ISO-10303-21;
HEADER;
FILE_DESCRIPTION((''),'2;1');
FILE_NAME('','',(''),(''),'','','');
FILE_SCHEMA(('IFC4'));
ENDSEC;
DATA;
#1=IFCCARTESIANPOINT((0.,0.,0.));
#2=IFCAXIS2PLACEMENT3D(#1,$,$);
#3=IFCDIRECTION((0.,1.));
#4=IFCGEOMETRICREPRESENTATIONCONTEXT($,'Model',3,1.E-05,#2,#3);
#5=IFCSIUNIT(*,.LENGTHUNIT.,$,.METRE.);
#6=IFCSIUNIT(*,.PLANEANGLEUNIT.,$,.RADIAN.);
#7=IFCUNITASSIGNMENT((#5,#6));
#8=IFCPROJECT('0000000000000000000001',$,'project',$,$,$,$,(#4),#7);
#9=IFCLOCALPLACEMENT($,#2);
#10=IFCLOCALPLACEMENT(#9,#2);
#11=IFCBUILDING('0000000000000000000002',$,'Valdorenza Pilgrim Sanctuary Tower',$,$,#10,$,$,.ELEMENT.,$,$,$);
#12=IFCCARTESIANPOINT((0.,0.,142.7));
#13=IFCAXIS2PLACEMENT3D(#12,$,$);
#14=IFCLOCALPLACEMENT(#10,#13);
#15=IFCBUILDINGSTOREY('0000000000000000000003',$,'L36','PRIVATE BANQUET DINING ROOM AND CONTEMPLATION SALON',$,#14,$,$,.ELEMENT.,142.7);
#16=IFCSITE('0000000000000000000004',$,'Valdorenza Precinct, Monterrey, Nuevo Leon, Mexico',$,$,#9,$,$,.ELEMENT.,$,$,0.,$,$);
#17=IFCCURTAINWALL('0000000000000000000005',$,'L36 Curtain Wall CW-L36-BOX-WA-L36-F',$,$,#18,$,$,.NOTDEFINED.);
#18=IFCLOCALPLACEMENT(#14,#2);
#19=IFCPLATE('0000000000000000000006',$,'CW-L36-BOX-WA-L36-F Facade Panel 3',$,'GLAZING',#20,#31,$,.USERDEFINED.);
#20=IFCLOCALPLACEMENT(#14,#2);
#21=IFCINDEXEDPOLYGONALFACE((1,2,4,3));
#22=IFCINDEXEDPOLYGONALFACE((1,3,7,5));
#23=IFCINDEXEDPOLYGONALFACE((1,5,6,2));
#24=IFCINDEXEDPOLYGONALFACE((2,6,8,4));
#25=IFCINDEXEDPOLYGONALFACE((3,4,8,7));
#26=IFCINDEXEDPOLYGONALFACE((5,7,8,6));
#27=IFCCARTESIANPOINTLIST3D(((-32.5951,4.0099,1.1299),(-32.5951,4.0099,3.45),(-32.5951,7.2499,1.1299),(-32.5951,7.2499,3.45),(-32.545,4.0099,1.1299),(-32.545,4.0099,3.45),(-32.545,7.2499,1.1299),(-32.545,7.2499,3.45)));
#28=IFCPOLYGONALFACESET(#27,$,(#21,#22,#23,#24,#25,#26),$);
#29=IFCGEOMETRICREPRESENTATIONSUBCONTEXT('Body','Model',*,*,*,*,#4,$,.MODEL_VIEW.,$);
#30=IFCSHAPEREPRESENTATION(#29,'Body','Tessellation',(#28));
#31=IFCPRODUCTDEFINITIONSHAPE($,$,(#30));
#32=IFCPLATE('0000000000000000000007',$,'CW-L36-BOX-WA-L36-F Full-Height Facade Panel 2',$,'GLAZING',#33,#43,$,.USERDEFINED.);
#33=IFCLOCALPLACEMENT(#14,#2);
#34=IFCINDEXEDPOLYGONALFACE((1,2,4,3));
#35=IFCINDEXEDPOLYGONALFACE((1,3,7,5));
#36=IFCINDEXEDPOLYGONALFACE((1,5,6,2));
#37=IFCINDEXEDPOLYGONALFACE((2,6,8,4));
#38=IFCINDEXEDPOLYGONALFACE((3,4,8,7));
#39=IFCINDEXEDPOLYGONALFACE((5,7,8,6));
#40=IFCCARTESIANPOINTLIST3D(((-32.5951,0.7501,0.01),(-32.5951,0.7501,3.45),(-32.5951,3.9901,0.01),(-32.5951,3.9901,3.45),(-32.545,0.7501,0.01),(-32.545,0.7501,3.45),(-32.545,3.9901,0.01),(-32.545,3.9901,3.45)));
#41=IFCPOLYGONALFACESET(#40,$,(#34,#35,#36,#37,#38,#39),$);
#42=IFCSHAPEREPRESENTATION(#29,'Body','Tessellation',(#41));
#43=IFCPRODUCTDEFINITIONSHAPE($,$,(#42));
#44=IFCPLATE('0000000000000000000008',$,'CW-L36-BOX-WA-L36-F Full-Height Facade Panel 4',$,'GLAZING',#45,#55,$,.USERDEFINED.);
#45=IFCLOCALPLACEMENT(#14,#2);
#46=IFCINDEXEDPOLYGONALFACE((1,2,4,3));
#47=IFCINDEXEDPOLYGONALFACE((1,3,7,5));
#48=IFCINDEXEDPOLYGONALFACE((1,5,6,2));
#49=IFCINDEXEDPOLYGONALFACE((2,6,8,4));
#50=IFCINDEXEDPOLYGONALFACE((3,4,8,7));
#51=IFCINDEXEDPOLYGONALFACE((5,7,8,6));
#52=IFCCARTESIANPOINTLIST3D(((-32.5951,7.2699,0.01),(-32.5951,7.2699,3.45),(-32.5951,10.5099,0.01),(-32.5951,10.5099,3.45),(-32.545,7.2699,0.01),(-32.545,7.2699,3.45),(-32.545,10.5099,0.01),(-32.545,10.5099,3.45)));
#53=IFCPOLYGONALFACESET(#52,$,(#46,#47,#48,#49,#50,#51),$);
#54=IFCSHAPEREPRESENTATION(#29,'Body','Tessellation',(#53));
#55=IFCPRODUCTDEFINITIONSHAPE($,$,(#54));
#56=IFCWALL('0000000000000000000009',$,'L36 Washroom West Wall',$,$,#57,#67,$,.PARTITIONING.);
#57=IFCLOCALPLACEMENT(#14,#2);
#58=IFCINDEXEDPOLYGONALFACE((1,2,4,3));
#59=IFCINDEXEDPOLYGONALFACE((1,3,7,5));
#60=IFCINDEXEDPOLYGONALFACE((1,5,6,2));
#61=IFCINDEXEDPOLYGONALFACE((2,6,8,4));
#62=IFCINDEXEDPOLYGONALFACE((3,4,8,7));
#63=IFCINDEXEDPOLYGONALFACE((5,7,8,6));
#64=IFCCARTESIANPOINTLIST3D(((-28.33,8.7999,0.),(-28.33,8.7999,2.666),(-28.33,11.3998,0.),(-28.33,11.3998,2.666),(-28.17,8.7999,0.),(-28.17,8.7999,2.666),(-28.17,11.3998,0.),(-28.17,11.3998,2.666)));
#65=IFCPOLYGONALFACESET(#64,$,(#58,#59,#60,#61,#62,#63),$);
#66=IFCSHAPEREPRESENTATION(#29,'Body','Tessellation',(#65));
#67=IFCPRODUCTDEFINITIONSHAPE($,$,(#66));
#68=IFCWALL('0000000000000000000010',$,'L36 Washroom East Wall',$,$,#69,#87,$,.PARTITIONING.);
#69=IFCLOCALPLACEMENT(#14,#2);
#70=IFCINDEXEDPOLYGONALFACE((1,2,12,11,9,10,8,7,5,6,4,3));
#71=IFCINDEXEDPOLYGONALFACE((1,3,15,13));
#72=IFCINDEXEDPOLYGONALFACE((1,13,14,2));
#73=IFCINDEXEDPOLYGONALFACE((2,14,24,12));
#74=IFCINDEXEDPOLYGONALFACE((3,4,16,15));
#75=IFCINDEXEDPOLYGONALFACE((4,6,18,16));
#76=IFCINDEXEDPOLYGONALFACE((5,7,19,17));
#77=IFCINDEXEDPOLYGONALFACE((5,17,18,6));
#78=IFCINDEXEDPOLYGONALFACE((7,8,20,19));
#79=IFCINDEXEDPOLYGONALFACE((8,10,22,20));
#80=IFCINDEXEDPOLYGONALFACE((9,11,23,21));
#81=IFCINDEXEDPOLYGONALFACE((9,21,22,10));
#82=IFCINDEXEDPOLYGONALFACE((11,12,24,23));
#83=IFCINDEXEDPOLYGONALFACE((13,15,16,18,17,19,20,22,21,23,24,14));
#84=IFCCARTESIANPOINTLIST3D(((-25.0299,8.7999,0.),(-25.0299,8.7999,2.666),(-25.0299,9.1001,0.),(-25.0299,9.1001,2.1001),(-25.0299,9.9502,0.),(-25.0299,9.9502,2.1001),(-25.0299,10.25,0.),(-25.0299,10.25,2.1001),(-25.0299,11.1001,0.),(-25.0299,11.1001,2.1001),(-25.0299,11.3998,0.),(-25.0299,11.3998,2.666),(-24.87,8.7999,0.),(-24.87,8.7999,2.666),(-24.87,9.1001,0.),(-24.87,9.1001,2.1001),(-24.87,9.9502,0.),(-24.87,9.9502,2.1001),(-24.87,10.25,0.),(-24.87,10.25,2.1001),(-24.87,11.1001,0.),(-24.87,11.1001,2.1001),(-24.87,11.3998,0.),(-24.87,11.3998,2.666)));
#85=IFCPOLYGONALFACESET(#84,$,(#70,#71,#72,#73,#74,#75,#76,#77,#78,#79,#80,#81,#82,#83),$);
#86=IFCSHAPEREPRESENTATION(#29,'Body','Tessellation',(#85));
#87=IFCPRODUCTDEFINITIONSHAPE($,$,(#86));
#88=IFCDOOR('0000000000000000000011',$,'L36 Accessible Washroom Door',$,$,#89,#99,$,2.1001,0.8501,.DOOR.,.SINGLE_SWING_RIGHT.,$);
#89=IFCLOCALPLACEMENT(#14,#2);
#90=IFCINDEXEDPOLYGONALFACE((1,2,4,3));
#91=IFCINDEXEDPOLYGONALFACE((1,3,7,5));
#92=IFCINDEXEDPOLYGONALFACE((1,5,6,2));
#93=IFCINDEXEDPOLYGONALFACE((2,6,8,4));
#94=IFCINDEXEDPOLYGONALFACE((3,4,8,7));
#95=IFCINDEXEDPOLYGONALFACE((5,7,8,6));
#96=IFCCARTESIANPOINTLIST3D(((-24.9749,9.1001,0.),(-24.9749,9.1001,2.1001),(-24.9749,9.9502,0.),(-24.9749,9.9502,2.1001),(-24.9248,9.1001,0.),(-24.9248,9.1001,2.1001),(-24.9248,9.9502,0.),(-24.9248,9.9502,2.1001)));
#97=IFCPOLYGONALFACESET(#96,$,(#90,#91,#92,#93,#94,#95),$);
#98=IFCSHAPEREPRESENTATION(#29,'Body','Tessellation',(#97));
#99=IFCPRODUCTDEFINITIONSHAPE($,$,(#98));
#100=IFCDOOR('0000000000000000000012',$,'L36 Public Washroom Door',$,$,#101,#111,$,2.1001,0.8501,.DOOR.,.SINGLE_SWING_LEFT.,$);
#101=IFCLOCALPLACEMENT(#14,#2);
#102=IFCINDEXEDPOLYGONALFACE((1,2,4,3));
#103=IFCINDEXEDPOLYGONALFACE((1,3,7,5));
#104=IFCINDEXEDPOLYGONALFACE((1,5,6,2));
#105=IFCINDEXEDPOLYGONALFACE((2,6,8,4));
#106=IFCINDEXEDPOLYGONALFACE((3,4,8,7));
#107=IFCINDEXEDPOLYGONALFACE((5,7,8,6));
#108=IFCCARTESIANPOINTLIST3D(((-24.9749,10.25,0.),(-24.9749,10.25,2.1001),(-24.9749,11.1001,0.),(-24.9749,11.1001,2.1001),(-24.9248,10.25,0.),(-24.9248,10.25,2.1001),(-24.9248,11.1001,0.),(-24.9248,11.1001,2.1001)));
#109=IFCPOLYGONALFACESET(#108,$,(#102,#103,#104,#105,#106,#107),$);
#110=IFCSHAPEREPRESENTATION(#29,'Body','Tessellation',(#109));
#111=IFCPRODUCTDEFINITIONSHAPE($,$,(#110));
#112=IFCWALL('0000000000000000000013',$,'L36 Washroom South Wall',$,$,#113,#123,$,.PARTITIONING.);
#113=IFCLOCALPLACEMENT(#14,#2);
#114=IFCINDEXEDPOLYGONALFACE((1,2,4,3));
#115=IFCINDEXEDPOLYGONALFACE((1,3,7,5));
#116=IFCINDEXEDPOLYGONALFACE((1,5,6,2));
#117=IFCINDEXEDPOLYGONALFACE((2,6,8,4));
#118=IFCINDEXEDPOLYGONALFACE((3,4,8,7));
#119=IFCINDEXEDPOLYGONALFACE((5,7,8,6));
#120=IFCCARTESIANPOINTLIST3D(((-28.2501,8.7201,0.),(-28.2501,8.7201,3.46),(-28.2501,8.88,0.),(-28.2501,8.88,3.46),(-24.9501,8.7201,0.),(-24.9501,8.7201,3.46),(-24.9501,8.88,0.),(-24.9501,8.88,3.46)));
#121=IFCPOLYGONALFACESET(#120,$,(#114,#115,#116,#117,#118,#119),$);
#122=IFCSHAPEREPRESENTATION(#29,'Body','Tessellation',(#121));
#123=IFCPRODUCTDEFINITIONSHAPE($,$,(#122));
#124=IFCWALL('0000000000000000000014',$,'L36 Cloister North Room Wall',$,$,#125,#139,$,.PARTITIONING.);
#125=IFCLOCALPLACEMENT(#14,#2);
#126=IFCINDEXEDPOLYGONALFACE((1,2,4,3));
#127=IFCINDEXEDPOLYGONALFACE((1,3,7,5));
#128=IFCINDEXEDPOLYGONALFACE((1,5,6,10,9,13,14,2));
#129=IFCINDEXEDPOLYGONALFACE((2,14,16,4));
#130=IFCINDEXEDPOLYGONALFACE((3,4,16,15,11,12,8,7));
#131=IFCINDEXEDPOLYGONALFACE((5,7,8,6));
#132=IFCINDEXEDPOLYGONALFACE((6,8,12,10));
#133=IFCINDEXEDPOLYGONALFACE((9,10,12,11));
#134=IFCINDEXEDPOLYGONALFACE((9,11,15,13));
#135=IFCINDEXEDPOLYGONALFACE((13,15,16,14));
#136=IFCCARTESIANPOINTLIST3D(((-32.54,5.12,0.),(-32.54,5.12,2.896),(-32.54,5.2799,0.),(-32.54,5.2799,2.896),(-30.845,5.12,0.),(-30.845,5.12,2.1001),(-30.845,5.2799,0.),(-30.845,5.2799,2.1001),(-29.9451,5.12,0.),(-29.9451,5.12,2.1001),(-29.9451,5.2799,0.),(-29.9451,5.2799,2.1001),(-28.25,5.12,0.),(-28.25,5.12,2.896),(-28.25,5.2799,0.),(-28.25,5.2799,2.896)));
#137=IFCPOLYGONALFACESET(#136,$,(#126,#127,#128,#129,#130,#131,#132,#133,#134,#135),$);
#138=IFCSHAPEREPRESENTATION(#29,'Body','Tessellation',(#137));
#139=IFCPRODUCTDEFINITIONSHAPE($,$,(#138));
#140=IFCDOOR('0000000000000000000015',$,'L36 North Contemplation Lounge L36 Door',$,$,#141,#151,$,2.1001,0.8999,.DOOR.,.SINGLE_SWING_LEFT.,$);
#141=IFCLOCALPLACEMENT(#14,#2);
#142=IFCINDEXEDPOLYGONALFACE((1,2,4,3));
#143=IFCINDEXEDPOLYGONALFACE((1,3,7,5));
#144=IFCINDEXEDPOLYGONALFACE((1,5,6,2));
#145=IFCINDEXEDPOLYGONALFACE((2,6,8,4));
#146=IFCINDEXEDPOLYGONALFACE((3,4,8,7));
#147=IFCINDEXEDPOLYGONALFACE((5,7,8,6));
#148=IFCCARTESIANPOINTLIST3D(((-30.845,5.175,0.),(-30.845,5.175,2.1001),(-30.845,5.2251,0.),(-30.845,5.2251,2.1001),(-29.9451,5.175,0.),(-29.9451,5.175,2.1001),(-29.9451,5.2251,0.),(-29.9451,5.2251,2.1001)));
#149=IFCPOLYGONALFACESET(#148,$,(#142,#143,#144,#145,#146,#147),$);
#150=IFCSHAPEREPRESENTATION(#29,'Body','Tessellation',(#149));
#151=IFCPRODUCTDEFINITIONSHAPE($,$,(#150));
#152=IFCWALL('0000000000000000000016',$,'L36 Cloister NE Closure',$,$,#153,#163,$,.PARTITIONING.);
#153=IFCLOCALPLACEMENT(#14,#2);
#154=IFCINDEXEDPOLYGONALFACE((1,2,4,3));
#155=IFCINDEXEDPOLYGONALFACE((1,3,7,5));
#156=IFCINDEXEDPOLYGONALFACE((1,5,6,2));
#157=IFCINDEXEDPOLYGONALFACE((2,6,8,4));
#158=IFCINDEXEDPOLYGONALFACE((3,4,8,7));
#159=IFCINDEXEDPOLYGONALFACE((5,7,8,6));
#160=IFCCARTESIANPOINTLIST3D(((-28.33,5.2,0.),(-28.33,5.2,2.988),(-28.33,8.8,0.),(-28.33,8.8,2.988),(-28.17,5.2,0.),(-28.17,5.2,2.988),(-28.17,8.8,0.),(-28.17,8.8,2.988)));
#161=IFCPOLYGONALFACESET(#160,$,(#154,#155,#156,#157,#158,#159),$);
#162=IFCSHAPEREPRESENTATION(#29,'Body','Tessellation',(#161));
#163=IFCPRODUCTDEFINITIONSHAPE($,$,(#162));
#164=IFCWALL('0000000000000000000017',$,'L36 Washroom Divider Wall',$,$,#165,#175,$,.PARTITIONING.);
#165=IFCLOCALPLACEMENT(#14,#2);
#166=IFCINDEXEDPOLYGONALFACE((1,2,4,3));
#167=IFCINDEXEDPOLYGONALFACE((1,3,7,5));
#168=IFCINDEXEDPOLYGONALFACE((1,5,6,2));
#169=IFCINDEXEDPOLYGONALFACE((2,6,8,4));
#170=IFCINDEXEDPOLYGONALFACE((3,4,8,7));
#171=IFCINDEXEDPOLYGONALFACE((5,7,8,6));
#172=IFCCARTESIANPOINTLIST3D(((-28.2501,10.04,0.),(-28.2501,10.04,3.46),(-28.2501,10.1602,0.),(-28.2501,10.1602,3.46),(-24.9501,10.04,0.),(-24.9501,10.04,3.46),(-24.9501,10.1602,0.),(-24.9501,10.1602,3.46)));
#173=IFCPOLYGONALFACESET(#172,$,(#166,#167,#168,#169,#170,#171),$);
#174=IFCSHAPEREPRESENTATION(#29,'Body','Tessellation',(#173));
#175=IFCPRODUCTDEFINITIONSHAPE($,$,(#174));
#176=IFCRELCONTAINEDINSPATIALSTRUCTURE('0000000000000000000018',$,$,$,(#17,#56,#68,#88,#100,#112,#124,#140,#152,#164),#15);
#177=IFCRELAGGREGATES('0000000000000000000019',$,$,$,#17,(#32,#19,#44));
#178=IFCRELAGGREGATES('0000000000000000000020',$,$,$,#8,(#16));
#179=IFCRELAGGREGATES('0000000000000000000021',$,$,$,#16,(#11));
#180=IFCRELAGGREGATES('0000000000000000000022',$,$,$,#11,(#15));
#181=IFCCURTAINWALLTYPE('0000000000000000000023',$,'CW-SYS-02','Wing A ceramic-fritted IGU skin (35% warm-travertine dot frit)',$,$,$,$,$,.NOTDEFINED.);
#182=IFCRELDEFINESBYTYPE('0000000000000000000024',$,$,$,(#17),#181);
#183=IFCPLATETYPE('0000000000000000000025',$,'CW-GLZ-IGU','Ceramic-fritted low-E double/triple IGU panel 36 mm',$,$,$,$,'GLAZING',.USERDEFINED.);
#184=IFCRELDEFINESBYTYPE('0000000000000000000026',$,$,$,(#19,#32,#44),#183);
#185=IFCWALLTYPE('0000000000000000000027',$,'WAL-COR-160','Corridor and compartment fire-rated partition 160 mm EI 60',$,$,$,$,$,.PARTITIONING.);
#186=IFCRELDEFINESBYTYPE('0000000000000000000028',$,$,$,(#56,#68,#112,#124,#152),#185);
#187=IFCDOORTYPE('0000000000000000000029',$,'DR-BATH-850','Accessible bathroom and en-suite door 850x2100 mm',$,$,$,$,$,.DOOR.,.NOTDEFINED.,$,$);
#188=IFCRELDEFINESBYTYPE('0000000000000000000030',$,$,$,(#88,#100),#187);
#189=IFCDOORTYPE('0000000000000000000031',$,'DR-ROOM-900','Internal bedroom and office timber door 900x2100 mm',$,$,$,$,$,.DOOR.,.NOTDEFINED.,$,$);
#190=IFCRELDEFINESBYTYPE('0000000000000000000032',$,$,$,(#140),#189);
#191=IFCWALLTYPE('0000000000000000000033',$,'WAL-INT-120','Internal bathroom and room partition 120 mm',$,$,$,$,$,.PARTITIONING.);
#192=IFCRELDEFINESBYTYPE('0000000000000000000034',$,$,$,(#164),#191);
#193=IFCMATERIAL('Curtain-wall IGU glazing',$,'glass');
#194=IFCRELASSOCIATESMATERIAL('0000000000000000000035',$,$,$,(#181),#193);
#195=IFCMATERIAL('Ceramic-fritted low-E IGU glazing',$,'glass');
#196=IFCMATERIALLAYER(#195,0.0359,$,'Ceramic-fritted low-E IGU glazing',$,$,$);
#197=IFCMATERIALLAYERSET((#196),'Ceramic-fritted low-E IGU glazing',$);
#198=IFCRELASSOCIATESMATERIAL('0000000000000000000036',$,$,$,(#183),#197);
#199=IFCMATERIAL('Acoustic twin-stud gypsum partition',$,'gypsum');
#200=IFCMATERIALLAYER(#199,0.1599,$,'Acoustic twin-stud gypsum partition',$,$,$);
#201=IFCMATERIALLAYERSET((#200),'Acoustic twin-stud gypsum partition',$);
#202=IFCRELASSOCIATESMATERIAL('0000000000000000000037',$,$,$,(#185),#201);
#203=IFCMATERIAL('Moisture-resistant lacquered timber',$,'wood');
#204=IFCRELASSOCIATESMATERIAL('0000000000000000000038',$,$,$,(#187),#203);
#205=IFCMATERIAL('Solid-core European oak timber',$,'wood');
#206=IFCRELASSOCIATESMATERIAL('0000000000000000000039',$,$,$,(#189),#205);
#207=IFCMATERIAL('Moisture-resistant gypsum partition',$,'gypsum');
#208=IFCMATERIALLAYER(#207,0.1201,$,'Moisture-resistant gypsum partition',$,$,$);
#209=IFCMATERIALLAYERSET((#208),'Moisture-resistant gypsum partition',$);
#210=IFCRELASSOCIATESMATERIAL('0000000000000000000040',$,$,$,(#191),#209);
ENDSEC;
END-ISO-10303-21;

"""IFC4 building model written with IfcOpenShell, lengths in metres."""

from ifc_helpers import new_model, si_unit, direction, frame, frame_2d, origin, origin_2d, place, context, subcontext, project, spatial, rectangle, extrude, source, transform, mapped, material, layer, layer_set, type_object, element, fill, aggregate, save


model = new_model("IFC4")

# Units and contexts
model_context = context("Model", 3, precision=1e-05, world=origin(), true_north=direction((0.0, 1.0)))
body_context = subcontext(model_context, "Body", "Model", "MODEL_VIEW")
ifc_project = project(units=[si_unit("LENGTHUNIT", "METRE"), si_unit("PLANEANGLEUNIT", "RADIAN")], contexts=[model_context])

# Site, building, storey
site_placement = place(None, origin())
site = spatial("IfcSite", under=ifc_project, at=site_placement, Name="Valdorenza Precinct, Monterrey, Nuevo Leon, Mexico", CompositionType="ELEMENT", RefElevation=0.0)
building_placement = place(site_placement, origin())
building = spatial("IfcBuilding", under=site, at=building_placement, Name="Valdorenza Pilgrim Sanctuary Tower", CompositionType="ELEMENT")
storey_placement = place(building_placement, frame((0.0, 0.0, 142.7)))
storey = spatial("IfcBuildingStorey", under=building, at=storey_placement, Name="L36", Description="PRIVATE BANQUET DINING ROOM AND CONTEMPLATION SALON", CompositionType="ELEMENT", Elevation=142.7)

# Curtain wall
ifc_material_1 = material(Name="Curtain-wall IGU glazing", Category="glass")
curtain_wall_type = type_object("IfcCurtainWallType", Name="CW-SYS-02", Description="Wing A ceramic-fritted IGU skin (35% warm-travertine dot frit)", PredefinedType="NOTDEFINED", material=ifc_material_1)
curtain_wall_1_placement = place(storey_placement, origin())
curtain_wall_1 = element("IfcCurtainWall", 1, at=curtain_wall_1_placement, inside=storey, type_object=curtain_wall_type, Name="L36 Curtain Wall CW-L36-BOX-WA-L36-F", PredefinedType="NOTDEFINED")

# Shared definitions
ifc_material_2 = material(Name="Ceramic-fritted low-E IGU glazing", Category="glass")
ifc_layer_1 = layer(ifc_material_2, 0.0359, Name="Ceramic-fritted low-E IGU glazing")
ifc_layer_set_1 = layer_set([ifc_layer_1], Name="Ceramic-fritted low-E IGU glazing")
plate_type_1 = type_object("IfcPlateType", Name="CW-GLZ-IGU", Description="Ceramic-fritted low-E double/triple IGU panel 36 mm", ElementType="GLAZING", PredefinedType="USERDEFINED", material=ifc_layer_set_1)

# Plates
shared_shape_1 = source(origin(), body_context, "Body", "SweptSolid", [
    extrude(rectangle(XDim=3.24, YDim=0.05, at=origin_2d()), origin(), (0.0, 0.0, 1.0), 2.3201),
])
plate_1_placement = place(storey_placement, frame((-32.5701, 5.6299, 1.1299), z_axis=(0.0, 0.0, 1.0), x_axis=(0.0, 1.0, 0.0)))
plate_1 = element("IfcPlate", 2, at=plate_1_placement, type_object=plate_type_1, Name="CW-L36-BOX-WA-L36-F Facade Panel 3", ObjectType="GLAZING", PredefinedType="USERDEFINED", context=body_context, shape_type="MappedRepresentation", body=[
    mapped(shared_shape_1, transform((0.0, 0.0, 0.0), x_axis=(1.0, 0.0, 0.0), y_axis=(0.0, 1.0, 0.0), z_axis=(0.0, 0.0, 1.0), scale=1.0)),
])
shared_shape_2 = source(origin(), body_context, "Body", "SweptSolid", [
    extrude(rectangle(XDim=3.24, YDim=0.05, at=origin_2d()), origin(), (0.0, 0.0, 1.0), 3.4399),
])
plate_2_placement = place(storey_placement, frame((-32.5701, 2.3701, 0.01), z_axis=(0.0, 0.0, 1.0), x_axis=(0.0, 1.0, 0.0)))
plate_2 = element("IfcPlate", 3, at=plate_2_placement, type_object=plate_type_1, Name="CW-L36-BOX-WA-L36-F Full-Height Facade Panel 2", ObjectType="GLAZING", PredefinedType="USERDEFINED", context=body_context, shape_type="MappedRepresentation", body=[
    mapped(shared_shape_2, transform((0.0, 0.0, 0.0), x_axis=(1.0, 0.0, 0.0), y_axis=(0.0, 1.0, 0.0), z_axis=(0.0, 0.0, 1.0), scale=1.0)),
])
plate_3_placement = place(storey_placement, frame((-32.5701, 8.8899, 0.01), z_axis=(0.0, 0.0, 1.0), x_axis=(0.0, 1.0, 0.0)))
plate_3 = element("IfcPlate", 4, at=plate_3_placement, type_object=plate_type_1, Name="CW-L36-BOX-WA-L36-F Full-Height Facade Panel 4", ObjectType="GLAZING", PredefinedType="USERDEFINED", context=body_context, shape_type="MappedRepresentation", body=[
    mapped(shared_shape_2, transform((0.0, 0.0, 0.0), x_axis=(1.0, 0.0, 0.0), y_axis=(0.0, 1.0, 0.0), z_axis=(0.0, 0.0, 1.0), scale=1.0)),
])
aggregate(curtain_wall_1, [plate_2, plate_1, plate_3])

# Wall
ifc_material_3 = material(Name="Acoustic twin-stud gypsum partition", Category="gypsum")
ifc_layer_2 = layer(ifc_material_3, 0.1599, Name="Acoustic twin-stud gypsum partition")
ifc_layer_set_2 = layer_set([ifc_layer_2], Name="Acoustic twin-stud gypsum partition")
wall_type_1 = type_object("IfcWallType", Name="WAL-COR-160", Description="Corridor and compartment fire-rated partition 160 mm EI 60", PredefinedType="PARTITIONING", material=ifc_layer_set_2)
wall_1_placement = place(storey_placement, frame((-28.25, 8.8, 0.0), z_axis=(0.0, 0.0, 1.0), x_axis=(0.0, 1.0, 0.0)))
element("IfcWall", 5, at=wall_1_placement, inside=storey, type_object=wall_type_1, Name="L36 Washroom West Wall", PredefinedType="PARTITIONING", context=body_context, shape_type="SweptSolid", body=[
    extrude(rectangle(XDim=2.5999, YDim=0.1599, at=frame_2d((1.2998, 0.0))), origin(), (0.0, 0.0, 1.0), 2.666),
])

# Wall, openings, doors
wall_2_placement = place(storey_placement, frame((-24.95, 8.8, 0.0), z_axis=(0.0, 0.0, 1.0), x_axis=(0.0, 1.0, 0.0)))
wall_2 = element("IfcWall", 6, at=wall_2_placement, inside=storey, type_object=wall_type_1, Name="L36 Washroom East Wall", PredefinedType="PARTITIONING", context=body_context, shape_type="SweptSolid", body=[
    extrude(rectangle(XDim=2.5999, YDim=0.1599, at=frame_2d((1.2998, 0.0))), origin(), (0.0, 0.0, 1.0), 2.666),
])
opening_1_placement = place(wall_2_placement, frame((0.3, 0.0, 0.0)))
opening_1 = element("IfcOpeningElement", 7, at=opening_1_placement, cuts=wall_2, PredefinedType="OPENING", context=body_context, shape_type="SweptSolid", body=[
    extrude(rectangle(XDim=0.8501, YDim=2.1001, at=frame_2d((0.425, 1.05))), frame((0.0, 0.0947, 0.0), z_axis=(0.0, -1.0, 0.0), x_axis=(1.0, 0.0, 0.0)), (0.0, 0.0, 1.0), 0.1897),
])
opening_2_placement = place(wall_2_placement, frame((1.45, 0.0, 0.0)))
opening_2 = element("IfcOpeningElement", 8, at=opening_2_placement, cuts=wall_2, PredefinedType="OPENING", context=body_context, shape_type="SweptSolid", body=[
    extrude(rectangle(XDim=0.8501, YDim=2.1001, at=frame_2d((0.425, 1.05))), frame((0.0, 0.0947, 0.0), z_axis=(0.0, -1.0, 0.0), x_axis=(1.0, 0.0, 0.0)), (0.0, 0.0, 1.0), 0.1897),
])
ifc_material_4 = material(Name="Moisture-resistant lacquered timber", Category="wood")
door_type_1 = type_object("IfcDoorType", Name="DR-BATH-850", Description="Accessible bathroom and en-suite door 850x2100 mm", OperationType="NOTDEFINED", PredefinedType="DOOR", material=ifc_material_4)
door_1_placement = place(opening_1_placement, origin())
door_1 = element("IfcDoor", 9, at=door_1_placement, inside=storey, type_object=door_type_1, Name="L36 Accessible Washroom Door", OperationType="SINGLE_SWING_RIGHT", OverallHeight=2.1001, OverallWidth=0.8501, PredefinedType="DOOR", context=body_context, shape_type="SweptSolid", body=[
    extrude(rectangle(XDim=0.8501, YDim=2.1001, at=frame_2d((0.425, 1.05))), frame((0.0, 0.0249, 0.0), z_axis=(0.0, -1.0, 0.0), x_axis=(1.0, 0.0, 0.0)), (0.0, 0.0, 1.0), 0.05),
])
fill(opening_1, door_1)
door_2_placement = place(opening_2_placement, origin())
door_2 = element("IfcDoor", 10, at=door_2_placement, inside=storey, type_object=door_type_1, Name="L36 Public Washroom Door", OperationType="SINGLE_SWING_LEFT", OverallHeight=2.1001, OverallWidth=0.8501, PredefinedType="DOOR", context=body_context, shape_type="SweptSolid", body=[
    extrude(rectangle(XDim=0.8501, YDim=2.1001, at=frame_2d((0.425, 1.05))), frame((0.0, 0.0249, 0.0), z_axis=(0.0, -1.0, 0.0), x_axis=(1.0, 0.0, 0.0)), (0.0, 0.0, 1.0), 0.05),
])
fill(opening_2, door_2)

# Wall
wall_3_placement = place(storey_placement, frame((-28.25, 8.8, 0.0), z_axis=(0.0, 0.0, 1.0), x_axis=(1.0, 0.0, 0.0)))
element("IfcWall", 11, at=wall_3_placement, inside=storey, type_object=wall_type_1, Name="L36 Washroom South Wall", PredefinedType="PARTITIONING", context=body_context, shape_type="SweptSolid", body=[
    extrude(rectangle(XDim=3.3, YDim=0.1599, at=frame_2d((1.6499, 0.0))), origin(), (0.0, 0.0, 1.0), 3.46),
])

# Wall, opening, door
wall_4_placement = place(storey_placement, frame((-32.54, 5.2, 0.0), z_axis=(0.0, 0.0, 1.0), x_axis=(1.0, 0.0, 0.0)))
wall_4 = element("IfcWall", 12, at=wall_4_placement, inside=storey, type_object=wall_type_1, Name="L36 Cloister North Room Wall", PredefinedType="PARTITIONING", context=body_context, shape_type="SweptSolid", body=[
    extrude(rectangle(XDim=4.29, YDim=0.1599, at=frame_2d((2.145, 0.0))), origin(), (0.0, 0.0, 1.0), 2.896),
])
opening_3_placement = place(wall_4_placement, frame((1.6951, 0.0, 0.0)))
opening_3 = element("IfcOpeningElement", 13, at=opening_3_placement, cuts=wall_4, PredefinedType="OPENING", context=body_context, shape_type="SweptSolid", body=[
    extrude(rectangle(XDim=0.8999, YDim=2.1001, at=frame_2d((0.45, 1.05))), frame((0.0, 0.0947, 0.0), z_axis=(0.0, -1.0, 0.0), x_axis=(1.0, 0.0, 0.0)), (0.0, 0.0, 1.0), 0.1897),
])
ifc_material_5 = material(Name="Solid-core European oak timber", Category="wood")
door_type_2 = type_object("IfcDoorType", Name="DR-ROOM-900", Description="Internal bedroom and office timber door 900x2100 mm", OperationType="NOTDEFINED", PredefinedType="DOOR", material=ifc_material_5)
door_3_placement = place(opening_3_placement, frame((0.8999, 0.0, 0.0), z_axis=(0.0, 0.0, 1.0), x_axis=(-1.0, 0.0, 0.0)))
door_3 = element("IfcDoor", 14, at=door_3_placement, inside=storey, type_object=door_type_2, Name="L36 North Contemplation Lounge L36 Door", OperationType="SINGLE_SWING_LEFT", OverallHeight=2.1001, OverallWidth=0.8999, PredefinedType="DOOR", context=body_context, shape_type="SweptSolid", body=[
    extrude(rectangle(XDim=0.8999, YDim=2.1001, at=frame_2d((0.45, 1.05))), frame((0.0, 0.0249, 0.0), z_axis=(0.0, -1.0, 0.0), x_axis=(1.0, 0.0, 0.0)), (0.0, 0.0, 1.0), 0.05),
])
fill(opening_3, door_3)

# Walls
wall_5_placement = place(storey_placement, frame((-28.25, 5.2, 0.0), z_axis=(0.0, 0.0, 1.0), x_axis=(0.0, 1.0, 0.0)))
element("IfcWall", 15, at=wall_5_placement, inside=storey, type_object=wall_type_1, Name="L36 Cloister NE Closure", PredefinedType="PARTITIONING", context=body_context, shape_type="SweptSolid", body=[
    extrude(rectangle(XDim=3.6001, YDim=0.1599, at=frame_2d((1.8, 0.0))), origin(), (0.0, 0.0, 1.0), 2.988),
])
ifc_material_6 = material(Name="Moisture-resistant gypsum partition", Category="gypsum")
ifc_layer_3 = layer(ifc_material_6, 0.1201, Name="Moisture-resistant gypsum partition")
ifc_layer_set_3 = layer_set([ifc_layer_3], Name="Moisture-resistant gypsum partition")
wall_type_2 = type_object("IfcWallType", Name="WAL-INT-120", Description="Internal bathroom and room partition 120 mm", PredefinedType="PARTITIONING", material=ifc_layer_set_3)
wall_6_placement = place(storey_placement, frame((-28.25, 10.1001, 0.0), z_axis=(0.0, 0.0, 1.0), x_axis=(1.0, 0.0, 0.0)))
element("IfcWall", 16, at=wall_6_placement, inside=storey, type_object=wall_type_2, Name="L36 Washroom Divider Wall", PredefinedType="PARTITIONING", context=body_context, shape_type="SweptSolid", body=[
    extrude(rectangle(XDim=3.3, YDim=0.1201, at=frame_2d((1.6499, 0.0))), origin(), (0.0, 0.0, 1.0), 3.46),
])

save(model, "model.ifc")
